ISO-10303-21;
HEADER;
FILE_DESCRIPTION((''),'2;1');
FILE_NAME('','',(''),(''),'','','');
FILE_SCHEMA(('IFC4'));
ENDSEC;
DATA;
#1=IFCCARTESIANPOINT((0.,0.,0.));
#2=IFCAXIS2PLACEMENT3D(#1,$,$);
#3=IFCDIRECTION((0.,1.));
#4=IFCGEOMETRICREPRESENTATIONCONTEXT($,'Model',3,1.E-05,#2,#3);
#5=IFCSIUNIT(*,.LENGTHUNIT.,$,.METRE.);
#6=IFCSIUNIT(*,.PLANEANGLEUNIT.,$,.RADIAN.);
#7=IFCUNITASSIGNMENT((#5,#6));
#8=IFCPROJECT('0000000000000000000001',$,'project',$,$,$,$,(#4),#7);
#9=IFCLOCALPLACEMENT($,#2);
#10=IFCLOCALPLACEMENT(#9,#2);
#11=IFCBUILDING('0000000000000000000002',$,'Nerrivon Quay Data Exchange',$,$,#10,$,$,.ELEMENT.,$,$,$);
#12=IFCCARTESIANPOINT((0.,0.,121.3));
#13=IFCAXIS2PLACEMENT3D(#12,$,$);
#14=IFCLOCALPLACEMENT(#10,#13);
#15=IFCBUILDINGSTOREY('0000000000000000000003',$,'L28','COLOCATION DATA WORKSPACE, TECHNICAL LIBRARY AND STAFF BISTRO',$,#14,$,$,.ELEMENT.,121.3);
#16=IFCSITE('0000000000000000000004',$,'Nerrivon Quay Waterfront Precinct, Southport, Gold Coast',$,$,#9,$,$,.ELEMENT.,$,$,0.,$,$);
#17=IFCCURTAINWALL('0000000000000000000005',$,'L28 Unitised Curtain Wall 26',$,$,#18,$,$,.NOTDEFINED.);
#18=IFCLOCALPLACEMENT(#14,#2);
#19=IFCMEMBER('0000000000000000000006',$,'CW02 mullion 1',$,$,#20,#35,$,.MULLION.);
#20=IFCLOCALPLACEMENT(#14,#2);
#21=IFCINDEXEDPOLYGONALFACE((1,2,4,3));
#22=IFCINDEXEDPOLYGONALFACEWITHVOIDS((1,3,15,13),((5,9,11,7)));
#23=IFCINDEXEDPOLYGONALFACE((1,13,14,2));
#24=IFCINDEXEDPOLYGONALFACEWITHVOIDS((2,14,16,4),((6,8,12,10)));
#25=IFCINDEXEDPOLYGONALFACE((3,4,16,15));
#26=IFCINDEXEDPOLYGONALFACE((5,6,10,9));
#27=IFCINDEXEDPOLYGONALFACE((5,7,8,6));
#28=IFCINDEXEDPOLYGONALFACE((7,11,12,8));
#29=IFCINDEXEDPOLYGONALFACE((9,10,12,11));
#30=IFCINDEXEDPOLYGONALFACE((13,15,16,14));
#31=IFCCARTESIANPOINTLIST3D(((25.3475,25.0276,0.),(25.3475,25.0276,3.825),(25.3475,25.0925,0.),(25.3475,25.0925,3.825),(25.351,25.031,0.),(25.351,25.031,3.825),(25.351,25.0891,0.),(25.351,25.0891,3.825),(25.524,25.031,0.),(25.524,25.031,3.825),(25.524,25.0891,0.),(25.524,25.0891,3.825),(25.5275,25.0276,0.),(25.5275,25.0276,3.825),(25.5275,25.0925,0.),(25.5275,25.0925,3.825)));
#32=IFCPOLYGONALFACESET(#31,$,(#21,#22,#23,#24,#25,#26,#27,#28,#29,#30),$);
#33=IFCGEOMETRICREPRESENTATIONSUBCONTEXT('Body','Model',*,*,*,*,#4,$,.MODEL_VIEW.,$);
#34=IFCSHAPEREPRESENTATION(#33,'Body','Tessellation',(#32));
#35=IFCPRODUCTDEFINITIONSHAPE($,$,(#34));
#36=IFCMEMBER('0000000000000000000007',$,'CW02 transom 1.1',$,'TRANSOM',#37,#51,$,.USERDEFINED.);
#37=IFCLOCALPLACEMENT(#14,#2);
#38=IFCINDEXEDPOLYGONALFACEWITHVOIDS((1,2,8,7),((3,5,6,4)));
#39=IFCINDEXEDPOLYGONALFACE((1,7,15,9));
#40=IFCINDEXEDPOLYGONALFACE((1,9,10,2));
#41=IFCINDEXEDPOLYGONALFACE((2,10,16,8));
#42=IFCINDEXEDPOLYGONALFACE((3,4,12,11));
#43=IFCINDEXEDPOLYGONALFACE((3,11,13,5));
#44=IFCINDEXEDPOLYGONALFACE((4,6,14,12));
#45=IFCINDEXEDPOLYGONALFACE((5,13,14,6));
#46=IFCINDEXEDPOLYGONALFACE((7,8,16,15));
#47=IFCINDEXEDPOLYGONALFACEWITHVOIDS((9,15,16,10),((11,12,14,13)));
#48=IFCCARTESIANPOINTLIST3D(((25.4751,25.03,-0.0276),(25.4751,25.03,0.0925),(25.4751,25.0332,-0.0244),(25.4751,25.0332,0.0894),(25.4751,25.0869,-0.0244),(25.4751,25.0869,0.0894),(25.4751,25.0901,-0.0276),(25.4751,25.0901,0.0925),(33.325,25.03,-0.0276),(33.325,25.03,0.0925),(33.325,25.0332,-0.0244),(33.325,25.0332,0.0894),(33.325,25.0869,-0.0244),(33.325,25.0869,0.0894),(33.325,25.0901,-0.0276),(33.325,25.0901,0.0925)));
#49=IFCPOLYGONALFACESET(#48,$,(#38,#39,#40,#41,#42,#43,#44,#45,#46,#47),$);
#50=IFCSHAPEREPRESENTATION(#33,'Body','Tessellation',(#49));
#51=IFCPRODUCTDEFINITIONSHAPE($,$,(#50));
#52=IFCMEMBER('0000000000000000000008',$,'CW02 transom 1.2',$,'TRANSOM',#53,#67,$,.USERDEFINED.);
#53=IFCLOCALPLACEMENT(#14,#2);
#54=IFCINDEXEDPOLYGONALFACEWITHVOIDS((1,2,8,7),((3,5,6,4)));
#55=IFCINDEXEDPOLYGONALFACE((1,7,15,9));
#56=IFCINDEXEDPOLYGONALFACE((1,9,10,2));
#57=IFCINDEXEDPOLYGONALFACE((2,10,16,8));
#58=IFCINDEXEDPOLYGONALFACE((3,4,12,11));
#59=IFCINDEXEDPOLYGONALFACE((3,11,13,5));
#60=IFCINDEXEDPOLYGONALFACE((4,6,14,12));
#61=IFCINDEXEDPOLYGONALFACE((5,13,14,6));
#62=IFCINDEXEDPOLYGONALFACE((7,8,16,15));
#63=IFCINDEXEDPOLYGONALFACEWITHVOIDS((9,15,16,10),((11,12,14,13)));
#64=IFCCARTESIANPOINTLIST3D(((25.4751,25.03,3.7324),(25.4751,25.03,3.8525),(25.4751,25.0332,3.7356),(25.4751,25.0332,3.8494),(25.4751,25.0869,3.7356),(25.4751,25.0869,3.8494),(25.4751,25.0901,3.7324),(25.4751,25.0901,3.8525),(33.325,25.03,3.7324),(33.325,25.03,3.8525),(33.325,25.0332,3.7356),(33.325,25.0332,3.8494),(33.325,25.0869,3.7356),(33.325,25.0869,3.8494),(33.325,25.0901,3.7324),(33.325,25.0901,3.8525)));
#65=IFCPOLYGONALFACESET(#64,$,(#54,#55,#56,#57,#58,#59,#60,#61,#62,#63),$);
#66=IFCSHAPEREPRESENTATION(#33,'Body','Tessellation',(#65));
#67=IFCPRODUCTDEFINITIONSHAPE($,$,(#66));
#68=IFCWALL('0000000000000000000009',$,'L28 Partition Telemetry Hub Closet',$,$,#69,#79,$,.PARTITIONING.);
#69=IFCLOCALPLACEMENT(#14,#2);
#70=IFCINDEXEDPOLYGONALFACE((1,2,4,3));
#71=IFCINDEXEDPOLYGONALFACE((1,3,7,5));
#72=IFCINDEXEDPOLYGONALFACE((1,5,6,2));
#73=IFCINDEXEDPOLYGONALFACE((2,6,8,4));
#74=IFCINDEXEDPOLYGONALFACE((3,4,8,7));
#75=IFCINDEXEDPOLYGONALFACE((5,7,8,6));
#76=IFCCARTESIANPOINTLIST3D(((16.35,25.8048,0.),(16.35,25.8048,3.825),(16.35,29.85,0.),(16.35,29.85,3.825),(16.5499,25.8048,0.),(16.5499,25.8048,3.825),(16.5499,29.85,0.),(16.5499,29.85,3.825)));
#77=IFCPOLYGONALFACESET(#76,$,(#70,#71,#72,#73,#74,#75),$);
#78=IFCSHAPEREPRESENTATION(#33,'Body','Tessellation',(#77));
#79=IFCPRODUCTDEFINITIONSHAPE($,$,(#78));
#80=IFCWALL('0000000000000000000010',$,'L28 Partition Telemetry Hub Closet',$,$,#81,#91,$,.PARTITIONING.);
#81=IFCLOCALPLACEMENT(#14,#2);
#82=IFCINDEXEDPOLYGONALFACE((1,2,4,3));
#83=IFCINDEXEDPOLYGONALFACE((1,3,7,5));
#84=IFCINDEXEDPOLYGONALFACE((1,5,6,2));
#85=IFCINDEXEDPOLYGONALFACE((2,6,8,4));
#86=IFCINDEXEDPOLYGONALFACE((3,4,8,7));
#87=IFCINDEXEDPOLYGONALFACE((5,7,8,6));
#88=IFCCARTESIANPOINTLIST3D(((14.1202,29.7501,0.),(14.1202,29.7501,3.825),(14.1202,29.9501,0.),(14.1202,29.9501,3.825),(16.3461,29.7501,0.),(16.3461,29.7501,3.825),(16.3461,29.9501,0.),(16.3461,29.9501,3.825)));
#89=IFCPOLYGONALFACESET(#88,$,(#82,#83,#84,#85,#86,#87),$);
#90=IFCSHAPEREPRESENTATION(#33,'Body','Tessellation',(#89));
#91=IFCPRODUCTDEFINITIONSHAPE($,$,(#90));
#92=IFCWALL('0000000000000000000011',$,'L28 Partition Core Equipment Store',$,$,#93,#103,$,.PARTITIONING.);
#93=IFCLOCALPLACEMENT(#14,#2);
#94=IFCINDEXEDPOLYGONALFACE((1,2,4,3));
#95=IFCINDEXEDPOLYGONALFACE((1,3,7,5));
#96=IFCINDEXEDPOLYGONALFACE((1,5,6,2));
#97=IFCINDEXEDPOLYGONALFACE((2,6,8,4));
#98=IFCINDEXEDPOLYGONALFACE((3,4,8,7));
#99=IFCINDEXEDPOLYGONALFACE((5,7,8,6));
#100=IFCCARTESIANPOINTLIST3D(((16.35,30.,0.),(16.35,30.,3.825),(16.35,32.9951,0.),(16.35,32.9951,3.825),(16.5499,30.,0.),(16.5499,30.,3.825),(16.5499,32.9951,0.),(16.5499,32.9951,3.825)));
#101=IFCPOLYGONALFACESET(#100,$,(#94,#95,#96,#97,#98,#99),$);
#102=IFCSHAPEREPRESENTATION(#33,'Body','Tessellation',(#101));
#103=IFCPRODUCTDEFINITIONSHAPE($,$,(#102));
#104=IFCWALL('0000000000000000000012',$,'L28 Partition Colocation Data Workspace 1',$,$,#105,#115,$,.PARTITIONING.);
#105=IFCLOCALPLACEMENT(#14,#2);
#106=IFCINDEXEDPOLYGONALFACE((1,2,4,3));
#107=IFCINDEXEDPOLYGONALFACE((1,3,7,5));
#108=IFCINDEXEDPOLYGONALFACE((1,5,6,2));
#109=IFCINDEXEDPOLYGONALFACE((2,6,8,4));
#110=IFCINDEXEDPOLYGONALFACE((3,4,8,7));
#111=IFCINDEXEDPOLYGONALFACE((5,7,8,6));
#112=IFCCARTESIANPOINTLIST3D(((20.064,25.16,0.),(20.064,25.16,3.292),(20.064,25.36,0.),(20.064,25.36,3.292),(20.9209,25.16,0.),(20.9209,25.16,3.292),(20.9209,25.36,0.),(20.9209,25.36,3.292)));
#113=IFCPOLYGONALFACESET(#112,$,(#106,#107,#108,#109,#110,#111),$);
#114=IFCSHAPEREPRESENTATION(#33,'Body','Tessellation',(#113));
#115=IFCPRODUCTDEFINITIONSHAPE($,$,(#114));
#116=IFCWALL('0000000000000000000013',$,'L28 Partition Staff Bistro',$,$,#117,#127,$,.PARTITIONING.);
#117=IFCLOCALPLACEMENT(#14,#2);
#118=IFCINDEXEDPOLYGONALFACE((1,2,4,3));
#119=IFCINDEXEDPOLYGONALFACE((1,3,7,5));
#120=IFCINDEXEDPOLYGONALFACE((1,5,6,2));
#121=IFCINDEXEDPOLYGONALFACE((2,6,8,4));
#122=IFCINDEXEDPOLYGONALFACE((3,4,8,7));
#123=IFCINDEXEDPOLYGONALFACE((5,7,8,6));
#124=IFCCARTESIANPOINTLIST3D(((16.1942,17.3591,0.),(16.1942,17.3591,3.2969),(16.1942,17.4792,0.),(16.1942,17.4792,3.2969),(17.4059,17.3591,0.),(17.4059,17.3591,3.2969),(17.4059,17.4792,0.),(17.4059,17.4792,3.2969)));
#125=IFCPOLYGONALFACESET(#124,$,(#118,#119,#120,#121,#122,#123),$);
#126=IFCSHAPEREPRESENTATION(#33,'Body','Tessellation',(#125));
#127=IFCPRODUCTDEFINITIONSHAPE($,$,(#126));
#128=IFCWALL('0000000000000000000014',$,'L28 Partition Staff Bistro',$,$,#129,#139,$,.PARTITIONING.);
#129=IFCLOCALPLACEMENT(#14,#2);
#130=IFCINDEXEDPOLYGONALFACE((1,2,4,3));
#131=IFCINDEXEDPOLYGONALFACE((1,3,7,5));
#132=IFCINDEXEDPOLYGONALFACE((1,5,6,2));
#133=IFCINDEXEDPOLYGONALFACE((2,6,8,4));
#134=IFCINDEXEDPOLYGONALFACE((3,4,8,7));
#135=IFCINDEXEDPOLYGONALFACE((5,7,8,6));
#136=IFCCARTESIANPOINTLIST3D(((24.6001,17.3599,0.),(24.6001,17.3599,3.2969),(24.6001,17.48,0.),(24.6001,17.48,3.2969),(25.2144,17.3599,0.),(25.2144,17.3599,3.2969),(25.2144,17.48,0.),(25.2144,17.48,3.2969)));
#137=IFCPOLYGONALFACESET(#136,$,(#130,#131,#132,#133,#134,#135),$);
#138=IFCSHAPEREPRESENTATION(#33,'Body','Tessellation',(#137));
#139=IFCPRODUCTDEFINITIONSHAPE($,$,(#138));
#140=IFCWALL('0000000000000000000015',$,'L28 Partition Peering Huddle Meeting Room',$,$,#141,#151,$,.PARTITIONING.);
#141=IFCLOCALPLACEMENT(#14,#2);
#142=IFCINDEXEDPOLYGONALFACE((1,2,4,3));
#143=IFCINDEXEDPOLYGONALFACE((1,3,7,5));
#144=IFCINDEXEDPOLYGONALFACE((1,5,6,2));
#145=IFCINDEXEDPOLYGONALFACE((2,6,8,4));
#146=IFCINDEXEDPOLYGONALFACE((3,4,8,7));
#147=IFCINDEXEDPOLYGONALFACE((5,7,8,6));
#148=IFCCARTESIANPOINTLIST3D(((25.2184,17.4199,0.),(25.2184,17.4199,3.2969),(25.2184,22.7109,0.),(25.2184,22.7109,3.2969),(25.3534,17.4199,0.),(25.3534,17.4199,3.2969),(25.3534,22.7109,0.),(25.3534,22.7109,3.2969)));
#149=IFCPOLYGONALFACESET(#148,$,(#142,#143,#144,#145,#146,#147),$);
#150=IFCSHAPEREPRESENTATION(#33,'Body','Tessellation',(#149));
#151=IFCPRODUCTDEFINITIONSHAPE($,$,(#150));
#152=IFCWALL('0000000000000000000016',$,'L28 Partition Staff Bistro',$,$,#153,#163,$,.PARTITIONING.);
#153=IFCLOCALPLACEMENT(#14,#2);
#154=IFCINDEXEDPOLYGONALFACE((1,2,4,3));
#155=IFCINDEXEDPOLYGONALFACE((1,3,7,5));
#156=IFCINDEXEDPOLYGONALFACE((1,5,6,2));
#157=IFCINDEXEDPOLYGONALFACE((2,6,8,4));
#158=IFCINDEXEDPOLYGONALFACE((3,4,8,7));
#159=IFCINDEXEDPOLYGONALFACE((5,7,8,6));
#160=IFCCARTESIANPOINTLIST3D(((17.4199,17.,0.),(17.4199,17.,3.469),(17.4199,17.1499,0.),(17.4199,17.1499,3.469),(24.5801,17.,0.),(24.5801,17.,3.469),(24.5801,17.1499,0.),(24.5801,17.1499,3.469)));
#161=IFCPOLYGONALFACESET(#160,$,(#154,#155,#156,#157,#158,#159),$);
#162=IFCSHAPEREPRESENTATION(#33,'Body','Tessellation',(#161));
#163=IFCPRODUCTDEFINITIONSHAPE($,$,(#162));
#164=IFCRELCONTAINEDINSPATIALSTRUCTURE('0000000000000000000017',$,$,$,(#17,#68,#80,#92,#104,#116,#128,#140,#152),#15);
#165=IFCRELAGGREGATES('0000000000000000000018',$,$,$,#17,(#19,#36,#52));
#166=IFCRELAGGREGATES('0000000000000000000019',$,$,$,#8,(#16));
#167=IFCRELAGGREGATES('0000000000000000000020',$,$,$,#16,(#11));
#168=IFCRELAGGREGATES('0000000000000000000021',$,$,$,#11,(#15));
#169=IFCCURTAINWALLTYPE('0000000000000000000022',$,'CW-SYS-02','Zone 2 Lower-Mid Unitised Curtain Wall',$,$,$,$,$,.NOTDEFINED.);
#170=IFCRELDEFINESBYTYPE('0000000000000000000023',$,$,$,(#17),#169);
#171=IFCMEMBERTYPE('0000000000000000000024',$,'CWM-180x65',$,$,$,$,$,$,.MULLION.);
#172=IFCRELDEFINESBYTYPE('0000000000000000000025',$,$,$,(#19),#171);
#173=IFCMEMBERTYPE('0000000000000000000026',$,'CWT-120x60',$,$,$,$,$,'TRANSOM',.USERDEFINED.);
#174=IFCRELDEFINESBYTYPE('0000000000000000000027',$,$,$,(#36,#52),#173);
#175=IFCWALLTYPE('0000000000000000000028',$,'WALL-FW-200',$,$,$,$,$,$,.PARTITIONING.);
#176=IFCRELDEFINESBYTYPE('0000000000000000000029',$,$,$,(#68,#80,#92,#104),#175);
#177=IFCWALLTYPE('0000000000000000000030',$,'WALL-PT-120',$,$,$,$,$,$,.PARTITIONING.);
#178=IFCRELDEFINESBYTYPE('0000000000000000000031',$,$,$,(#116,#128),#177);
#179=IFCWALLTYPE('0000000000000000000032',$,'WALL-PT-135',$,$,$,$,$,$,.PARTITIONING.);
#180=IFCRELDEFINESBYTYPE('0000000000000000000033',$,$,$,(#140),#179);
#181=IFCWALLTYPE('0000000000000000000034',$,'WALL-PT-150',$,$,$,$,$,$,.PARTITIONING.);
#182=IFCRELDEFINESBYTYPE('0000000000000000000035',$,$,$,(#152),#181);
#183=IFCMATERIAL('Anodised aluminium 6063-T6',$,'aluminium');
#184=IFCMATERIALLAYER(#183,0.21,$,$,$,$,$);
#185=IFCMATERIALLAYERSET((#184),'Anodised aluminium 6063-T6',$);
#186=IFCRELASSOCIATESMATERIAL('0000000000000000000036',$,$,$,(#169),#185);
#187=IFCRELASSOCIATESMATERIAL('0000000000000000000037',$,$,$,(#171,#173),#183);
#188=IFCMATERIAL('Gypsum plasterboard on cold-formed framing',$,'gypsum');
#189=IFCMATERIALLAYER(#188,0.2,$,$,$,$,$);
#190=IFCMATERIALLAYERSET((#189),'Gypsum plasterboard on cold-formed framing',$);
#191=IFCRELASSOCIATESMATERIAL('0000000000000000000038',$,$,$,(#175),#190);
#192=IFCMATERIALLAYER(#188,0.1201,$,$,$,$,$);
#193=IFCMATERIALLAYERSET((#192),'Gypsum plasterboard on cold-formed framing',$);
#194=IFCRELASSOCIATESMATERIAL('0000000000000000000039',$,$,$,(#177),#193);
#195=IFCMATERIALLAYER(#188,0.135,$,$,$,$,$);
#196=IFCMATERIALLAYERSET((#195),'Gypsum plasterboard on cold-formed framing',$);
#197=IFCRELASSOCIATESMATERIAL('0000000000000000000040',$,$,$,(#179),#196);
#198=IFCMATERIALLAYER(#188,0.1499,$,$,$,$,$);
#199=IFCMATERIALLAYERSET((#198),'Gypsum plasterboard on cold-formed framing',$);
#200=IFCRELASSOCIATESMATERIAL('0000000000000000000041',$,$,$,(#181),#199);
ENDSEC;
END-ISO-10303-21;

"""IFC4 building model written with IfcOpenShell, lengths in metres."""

from ifc_helpers import new_model, si_unit, direction, frame, frame_2d, origin, origin_2d, place, context, subcontext, project, spatial, rectangle, hollow_rectangle, extrude, material, layer, layer_set, material_profile, profile_set, type_object, element, aggregate, save


model = new_model("IFC4")

# Units and contexts
model_context = context("Model", 3, precision=1e-05, world=origin(), true_north=direction((0.0, 1.0)))
body_context = subcontext(model_context, "Body", "Model", "MODEL_VIEW")
ifc_project = project(units=[si_unit("LENGTHUNIT", "METRE"), si_unit("PLANEANGLEUNIT", "RADIAN")], contexts=[model_context])

# Site, building, storey
site_placement = place(None, origin())
site = spatial("IfcSite", under=ifc_project, at=site_placement, Name="Nerrivon Quay Waterfront Precinct, Southport, Gold Coast", CompositionType="ELEMENT", RefElevation=0.0)
building_placement = place(site_placement, origin())
building = spatial("IfcBuilding", under=site, at=building_placement, Name="Nerrivon Quay Data Exchange", CompositionType="ELEMENT")
storey_placement = place(building_placement, frame((0.0, 0.0, 121.3)))
storey = spatial("IfcBuildingStorey", under=building, at=storey_placement, Name="L28", Description="COLOCATION DATA WORKSPACE, TECHNICAL LIBRARY AND STAFF BISTRO", CompositionType="ELEMENT", Elevation=121.3)

# Curtain wall, members
ifc_material_1 = material(Name="Anodised aluminium 6063-T6", Category="aluminium")
ifc_layer_1 = layer(ifc_material_1, 0.21)
ifc_layer_set_1 = layer_set([ifc_layer_1], Name="Anodised aluminium 6063-T6")
curtain_wall_type = type_object("IfcCurtainWallType", Name="CW-SYS-02", Description="Zone 2 Lower-Mid Unitised Curtain Wall", PredefinedType="NOTDEFINED", material=ifc_layer_set_1)
curtain_wall_placement = place(storey_placement, origin())
curtain_wall = element("IfcCurtainWall", 1, at=curtain_wall_placement, inside=storey, type_object=curtain_wall_type, Name="L28 Unitised Curtain Wall 26", PredefinedType="NOTDEFINED")
ifc_material_profile_1 = material_profile(ifc_material_1, hollow_rectangle(XDim=0.0649, YDim=0.1799, WallThickness=0.0034, at=origin_2d()), Name="ALU-MULL-180x65")
ifc_profile_set_1 = profile_set([ifc_material_profile_1], Name="Anodised aluminium 6063-T6")
member_type_1 = type_object("IfcMemberType", Name="CWM-180x65", PredefinedType="MULLION", material=ifc_profile_set_1)
member_1_placement = place(storey_placement, frame((25.4375, 25.0601, 0.0), z_axis=(0.0, 0.0, 1.0), x_axis=(0.0, 1.0, 0.0)))
member_1 = element("IfcMember", 2, at=member_1_placement, type_object=member_type_1, Name="CW02 mullion 1", PredefinedType="MULLION", context=body_context, shape_type="SweptSolid", body=[
    extrude(hollow_rectangle(XDim=0.0649, YDim=0.1799, WallThickness=0.0034, at=origin_2d()), origin(), (0.0, 0.0, 1.0), 3.825),
])
ifc_material_profile_2 = material_profile(ifc_material_1, hollow_rectangle(XDim=0.0601, YDim=0.1201, WallThickness=0.0032, at=origin_2d()), Name="ALU-TRAN-120x60")
ifc_profile_set_2 = profile_set([ifc_material_profile_2], Name="Anodised aluminium 6063-T6")
member_type_2 = type_object("IfcMemberType", Name="CWT-120x60", ElementType="TRANSOM", PredefinedType="USERDEFINED", material=ifc_profile_set_2)
member_2_placement = place(storey_placement, frame((25.4751, 25.0601, 0.0325), z_axis=(1.0, 0.0, 0.0), x_axis=(0.0, 1.0, 0.0)))
member_2 = element("IfcMember", 3, at=member_2_placement, type_object=member_type_2, Name="CW02 transom 1.1", ObjectType="TRANSOM", PredefinedType="USERDEFINED", context=body_context, shape_type="SweptSolid", body=[
    extrude(hollow_rectangle(XDim=0.0601, YDim=0.1201, WallThickness=0.0032, at=origin_2d()), origin(), (0.0, 0.0, 1.0), 7.8499),
])
member_3_placement = place(storey_placement, frame((25.4751, 25.0601, 3.7925), z_axis=(1.0, 0.0, 0.0), x_axis=(0.0, 1.0, 0.0)))
member_3 = element("IfcMember", 4, at=member_3_placement, type_object=member_type_2, Name="CW02 transom 1.2", ObjectType="TRANSOM", PredefinedType="USERDEFINED", context=body_context, shape_type="SweptSolid", body=[
    extrude(hollow_rectangle(XDim=0.0601, YDim=0.1201, WallThickness=0.0032, at=origin_2d()), origin(), (0.0, 0.0, 1.0), 7.8499),
])
aggregate(curtain_wall, [member_1, member_2, member_3])

# Walls
ifc_material_2 = material(Name="Gypsum plasterboard on cold-formed framing", Category="gypsum")
ifc_layer_2 = layer(ifc_material_2, 0.2)
ifc_layer_set_2 = layer_set([ifc_layer_2], Name="Gypsum plasterboard on cold-formed framing")
wall_type_1 = type_object("IfcWallType", Name="WALL-FW-200", PredefinedType="PARTITIONING", material=ifc_layer_set_2)
wall_1_placement = place(storey_placement, frame((16.45, 25.8049, 0.0), z_axis=(0.0, 0.0, 1.0), x_axis=(0.0, 1.0, 0.0)))
element("IfcWall", 5, at=wall_1_placement, inside=storey, type_object=wall_type_1, Name="L28 Partition Telemetry Hub Closet", PredefinedType="PARTITIONING", context=body_context, shape_type="SweptSolid", body=[
    extrude(rectangle(XDim=4.0452, YDim=0.2, at=frame_2d((2.0225, 0.0))), origin(), (0.0, 0.0, 1.0), 3.825),
])
wall_2_placement = place(storey_placement, frame((16.3459, 29.8501, 0.0), z_axis=(0.0, 0.0, 1.0), x_axis=(-1.0, 0.0, 0.0)))
element("IfcWall", 6, at=wall_2_placement, inside=storey, type_object=wall_type_1, Name="L28 Partition Telemetry Hub Closet", PredefinedType="PARTITIONING", context=body_context, shape_type="SweptSolid", body=[
    extrude(rectangle(XDim=2.2258, YDim=0.2, at=frame_2d((1.1128, 0.0))), origin(), (0.0, 0.0, 1.0), 3.825),
])
wall_3_placement = place(storey_placement, frame((16.45, 30.0, 0.0), z_axis=(0.0, 0.0, 1.0), x_axis=(0.0, 1.0, 0.0)))
element("IfcWall", 7, at=wall_3_placement, inside=storey, type_object=wall_type_1, Name="L28 Partition Core Equipment Store", PredefinedType="PARTITIONING", context=body_context, shape_type="SweptSolid", body=[
    extrude(rectangle(XDim=2.9951, YDim=0.2, at=frame_2d((1.4976, 0.0))), origin(), (0.0, 0.0, 1.0), 3.825),
])
wall_4_placement = place(storey_placement, frame((20.064, 25.26, 0.0), z_axis=(0.0, 0.0, 1.0), x_axis=(1.0, 0.0, 0.0)))
element("IfcWall", 8, at=wall_4_placement, inside=storey, type_object=wall_type_1, Name="L28 Partition Colocation Data Workspace 1", PredefinedType="PARTITIONING", context=body_context, shape_type="SweptSolid", body=[
    extrude(rectangle(XDim=0.8569, YDim=0.2, at=frame_2d((0.4285, 0.0))), origin(), (0.0, 0.0, 1.0), 3.292),
])
ifc_layer_3 = layer(ifc_material_2, 0.1201)
ifc_layer_set_3 = layer_set([ifc_layer_3], Name="Gypsum plasterboard on cold-formed framing")
wall_type_2 = type_object("IfcWallType", Name="WALL-PT-120", PredefinedType="PARTITIONING", material=ifc_layer_set_3)
wall_5_placement = place(storey_placement, frame((16.1941, 17.4192, 0.0), z_axis=(0.0, 0.0, 1.0), x_axis=(1.0, 0.0, 0.0)))
element("IfcWall", 9, at=wall_5_placement, inside=storey, type_object=wall_type_2, Name="L28 Partition Staff Bistro", PredefinedType="PARTITIONING", context=body_context, shape_type="SweptSolid", body=[
    extrude(rectangle(XDim=1.2117, YDim=0.1201, at=frame_2d((0.606, 0.0))), origin(), (0.0, 0.0, 1.0), 3.2969),
])
wall_6_placement = place(storey_placement, frame((24.6001, 17.4199, 0.0), z_axis=(0.0, 0.0, 1.0), x_axis=(1.0, 0.0, 0.0)))
element("IfcWall", 10, at=wall_6_placement, inside=storey, type_object=wall_type_2, Name="L28 Partition Staff Bistro", PredefinedType="PARTITIONING", context=body_context, shape_type="SweptSolid", body=[
    extrude(rectangle(XDim=0.6143, YDim=0.1201, at=frame_2d((0.3071, 0.0))), origin(), (0.0, 0.0, 1.0), 3.2969),
])
ifc_layer_4 = layer(ifc_material_2, 0.135)
ifc_layer_set_4 = layer_set([ifc_layer_4], Name="Gypsum plasterboard on cold-formed framing")
wall_type_3 = type_object("IfcWallType", Name="WALL-PT-135", PredefinedType="PARTITIONING", material=ifc_layer_set_4)
wall_7_placement = place(storey_placement, frame((25.2859, 22.7109, 0.0), z_axis=(0.0, 0.0, 1.0), x_axis=(0.0, -1.0, 0.0)))
element("IfcWall", 11, at=wall_7_placement, inside=storey, type_object=wall_type_3, Name="L28 Partition Peering Huddle Meeting Room", PredefinedType="PARTITIONING", context=body_context, shape_type="SweptSolid", body=[
    extrude(rectangle(XDim=5.291, YDim=0.135, at=frame_2d((2.6455, 0.0))), origin(), (0.0, 0.0, 1.0), 3.2969),
])

# Wall
ifc_layer_5 = layer(ifc_material_2, 0.1499)
ifc_layer_set_5 = layer_set([ifc_layer_5], Name="Gypsum plasterboard on cold-formed framing")
wall_type_4 = type_object("IfcWallType", Name="WALL-PT-150", PredefinedType="PARTITIONING", material=ifc_layer_set_5)
wall_8_placement = place(storey_placement, frame((17.4199, 17.075, 0.0), z_axis=(0.0, 0.0, 1.0), x_axis=(1.0, 0.0, 0.0)))
element("IfcWall", 12, at=wall_8_placement, inside=storey, type_object=wall_type_4, Name="L28 Partition Staff Bistro", PredefinedType="PARTITIONING", context=body_context, shape_type="SweptSolid", body=[
    extrude(rectangle(XDim=7.1602, YDim=0.1499, at=frame_2d((3.5801, 0.0))), origin(), (0.0, 0.0, 1.0), 3.469),
])

save(model, "model.ifc")
